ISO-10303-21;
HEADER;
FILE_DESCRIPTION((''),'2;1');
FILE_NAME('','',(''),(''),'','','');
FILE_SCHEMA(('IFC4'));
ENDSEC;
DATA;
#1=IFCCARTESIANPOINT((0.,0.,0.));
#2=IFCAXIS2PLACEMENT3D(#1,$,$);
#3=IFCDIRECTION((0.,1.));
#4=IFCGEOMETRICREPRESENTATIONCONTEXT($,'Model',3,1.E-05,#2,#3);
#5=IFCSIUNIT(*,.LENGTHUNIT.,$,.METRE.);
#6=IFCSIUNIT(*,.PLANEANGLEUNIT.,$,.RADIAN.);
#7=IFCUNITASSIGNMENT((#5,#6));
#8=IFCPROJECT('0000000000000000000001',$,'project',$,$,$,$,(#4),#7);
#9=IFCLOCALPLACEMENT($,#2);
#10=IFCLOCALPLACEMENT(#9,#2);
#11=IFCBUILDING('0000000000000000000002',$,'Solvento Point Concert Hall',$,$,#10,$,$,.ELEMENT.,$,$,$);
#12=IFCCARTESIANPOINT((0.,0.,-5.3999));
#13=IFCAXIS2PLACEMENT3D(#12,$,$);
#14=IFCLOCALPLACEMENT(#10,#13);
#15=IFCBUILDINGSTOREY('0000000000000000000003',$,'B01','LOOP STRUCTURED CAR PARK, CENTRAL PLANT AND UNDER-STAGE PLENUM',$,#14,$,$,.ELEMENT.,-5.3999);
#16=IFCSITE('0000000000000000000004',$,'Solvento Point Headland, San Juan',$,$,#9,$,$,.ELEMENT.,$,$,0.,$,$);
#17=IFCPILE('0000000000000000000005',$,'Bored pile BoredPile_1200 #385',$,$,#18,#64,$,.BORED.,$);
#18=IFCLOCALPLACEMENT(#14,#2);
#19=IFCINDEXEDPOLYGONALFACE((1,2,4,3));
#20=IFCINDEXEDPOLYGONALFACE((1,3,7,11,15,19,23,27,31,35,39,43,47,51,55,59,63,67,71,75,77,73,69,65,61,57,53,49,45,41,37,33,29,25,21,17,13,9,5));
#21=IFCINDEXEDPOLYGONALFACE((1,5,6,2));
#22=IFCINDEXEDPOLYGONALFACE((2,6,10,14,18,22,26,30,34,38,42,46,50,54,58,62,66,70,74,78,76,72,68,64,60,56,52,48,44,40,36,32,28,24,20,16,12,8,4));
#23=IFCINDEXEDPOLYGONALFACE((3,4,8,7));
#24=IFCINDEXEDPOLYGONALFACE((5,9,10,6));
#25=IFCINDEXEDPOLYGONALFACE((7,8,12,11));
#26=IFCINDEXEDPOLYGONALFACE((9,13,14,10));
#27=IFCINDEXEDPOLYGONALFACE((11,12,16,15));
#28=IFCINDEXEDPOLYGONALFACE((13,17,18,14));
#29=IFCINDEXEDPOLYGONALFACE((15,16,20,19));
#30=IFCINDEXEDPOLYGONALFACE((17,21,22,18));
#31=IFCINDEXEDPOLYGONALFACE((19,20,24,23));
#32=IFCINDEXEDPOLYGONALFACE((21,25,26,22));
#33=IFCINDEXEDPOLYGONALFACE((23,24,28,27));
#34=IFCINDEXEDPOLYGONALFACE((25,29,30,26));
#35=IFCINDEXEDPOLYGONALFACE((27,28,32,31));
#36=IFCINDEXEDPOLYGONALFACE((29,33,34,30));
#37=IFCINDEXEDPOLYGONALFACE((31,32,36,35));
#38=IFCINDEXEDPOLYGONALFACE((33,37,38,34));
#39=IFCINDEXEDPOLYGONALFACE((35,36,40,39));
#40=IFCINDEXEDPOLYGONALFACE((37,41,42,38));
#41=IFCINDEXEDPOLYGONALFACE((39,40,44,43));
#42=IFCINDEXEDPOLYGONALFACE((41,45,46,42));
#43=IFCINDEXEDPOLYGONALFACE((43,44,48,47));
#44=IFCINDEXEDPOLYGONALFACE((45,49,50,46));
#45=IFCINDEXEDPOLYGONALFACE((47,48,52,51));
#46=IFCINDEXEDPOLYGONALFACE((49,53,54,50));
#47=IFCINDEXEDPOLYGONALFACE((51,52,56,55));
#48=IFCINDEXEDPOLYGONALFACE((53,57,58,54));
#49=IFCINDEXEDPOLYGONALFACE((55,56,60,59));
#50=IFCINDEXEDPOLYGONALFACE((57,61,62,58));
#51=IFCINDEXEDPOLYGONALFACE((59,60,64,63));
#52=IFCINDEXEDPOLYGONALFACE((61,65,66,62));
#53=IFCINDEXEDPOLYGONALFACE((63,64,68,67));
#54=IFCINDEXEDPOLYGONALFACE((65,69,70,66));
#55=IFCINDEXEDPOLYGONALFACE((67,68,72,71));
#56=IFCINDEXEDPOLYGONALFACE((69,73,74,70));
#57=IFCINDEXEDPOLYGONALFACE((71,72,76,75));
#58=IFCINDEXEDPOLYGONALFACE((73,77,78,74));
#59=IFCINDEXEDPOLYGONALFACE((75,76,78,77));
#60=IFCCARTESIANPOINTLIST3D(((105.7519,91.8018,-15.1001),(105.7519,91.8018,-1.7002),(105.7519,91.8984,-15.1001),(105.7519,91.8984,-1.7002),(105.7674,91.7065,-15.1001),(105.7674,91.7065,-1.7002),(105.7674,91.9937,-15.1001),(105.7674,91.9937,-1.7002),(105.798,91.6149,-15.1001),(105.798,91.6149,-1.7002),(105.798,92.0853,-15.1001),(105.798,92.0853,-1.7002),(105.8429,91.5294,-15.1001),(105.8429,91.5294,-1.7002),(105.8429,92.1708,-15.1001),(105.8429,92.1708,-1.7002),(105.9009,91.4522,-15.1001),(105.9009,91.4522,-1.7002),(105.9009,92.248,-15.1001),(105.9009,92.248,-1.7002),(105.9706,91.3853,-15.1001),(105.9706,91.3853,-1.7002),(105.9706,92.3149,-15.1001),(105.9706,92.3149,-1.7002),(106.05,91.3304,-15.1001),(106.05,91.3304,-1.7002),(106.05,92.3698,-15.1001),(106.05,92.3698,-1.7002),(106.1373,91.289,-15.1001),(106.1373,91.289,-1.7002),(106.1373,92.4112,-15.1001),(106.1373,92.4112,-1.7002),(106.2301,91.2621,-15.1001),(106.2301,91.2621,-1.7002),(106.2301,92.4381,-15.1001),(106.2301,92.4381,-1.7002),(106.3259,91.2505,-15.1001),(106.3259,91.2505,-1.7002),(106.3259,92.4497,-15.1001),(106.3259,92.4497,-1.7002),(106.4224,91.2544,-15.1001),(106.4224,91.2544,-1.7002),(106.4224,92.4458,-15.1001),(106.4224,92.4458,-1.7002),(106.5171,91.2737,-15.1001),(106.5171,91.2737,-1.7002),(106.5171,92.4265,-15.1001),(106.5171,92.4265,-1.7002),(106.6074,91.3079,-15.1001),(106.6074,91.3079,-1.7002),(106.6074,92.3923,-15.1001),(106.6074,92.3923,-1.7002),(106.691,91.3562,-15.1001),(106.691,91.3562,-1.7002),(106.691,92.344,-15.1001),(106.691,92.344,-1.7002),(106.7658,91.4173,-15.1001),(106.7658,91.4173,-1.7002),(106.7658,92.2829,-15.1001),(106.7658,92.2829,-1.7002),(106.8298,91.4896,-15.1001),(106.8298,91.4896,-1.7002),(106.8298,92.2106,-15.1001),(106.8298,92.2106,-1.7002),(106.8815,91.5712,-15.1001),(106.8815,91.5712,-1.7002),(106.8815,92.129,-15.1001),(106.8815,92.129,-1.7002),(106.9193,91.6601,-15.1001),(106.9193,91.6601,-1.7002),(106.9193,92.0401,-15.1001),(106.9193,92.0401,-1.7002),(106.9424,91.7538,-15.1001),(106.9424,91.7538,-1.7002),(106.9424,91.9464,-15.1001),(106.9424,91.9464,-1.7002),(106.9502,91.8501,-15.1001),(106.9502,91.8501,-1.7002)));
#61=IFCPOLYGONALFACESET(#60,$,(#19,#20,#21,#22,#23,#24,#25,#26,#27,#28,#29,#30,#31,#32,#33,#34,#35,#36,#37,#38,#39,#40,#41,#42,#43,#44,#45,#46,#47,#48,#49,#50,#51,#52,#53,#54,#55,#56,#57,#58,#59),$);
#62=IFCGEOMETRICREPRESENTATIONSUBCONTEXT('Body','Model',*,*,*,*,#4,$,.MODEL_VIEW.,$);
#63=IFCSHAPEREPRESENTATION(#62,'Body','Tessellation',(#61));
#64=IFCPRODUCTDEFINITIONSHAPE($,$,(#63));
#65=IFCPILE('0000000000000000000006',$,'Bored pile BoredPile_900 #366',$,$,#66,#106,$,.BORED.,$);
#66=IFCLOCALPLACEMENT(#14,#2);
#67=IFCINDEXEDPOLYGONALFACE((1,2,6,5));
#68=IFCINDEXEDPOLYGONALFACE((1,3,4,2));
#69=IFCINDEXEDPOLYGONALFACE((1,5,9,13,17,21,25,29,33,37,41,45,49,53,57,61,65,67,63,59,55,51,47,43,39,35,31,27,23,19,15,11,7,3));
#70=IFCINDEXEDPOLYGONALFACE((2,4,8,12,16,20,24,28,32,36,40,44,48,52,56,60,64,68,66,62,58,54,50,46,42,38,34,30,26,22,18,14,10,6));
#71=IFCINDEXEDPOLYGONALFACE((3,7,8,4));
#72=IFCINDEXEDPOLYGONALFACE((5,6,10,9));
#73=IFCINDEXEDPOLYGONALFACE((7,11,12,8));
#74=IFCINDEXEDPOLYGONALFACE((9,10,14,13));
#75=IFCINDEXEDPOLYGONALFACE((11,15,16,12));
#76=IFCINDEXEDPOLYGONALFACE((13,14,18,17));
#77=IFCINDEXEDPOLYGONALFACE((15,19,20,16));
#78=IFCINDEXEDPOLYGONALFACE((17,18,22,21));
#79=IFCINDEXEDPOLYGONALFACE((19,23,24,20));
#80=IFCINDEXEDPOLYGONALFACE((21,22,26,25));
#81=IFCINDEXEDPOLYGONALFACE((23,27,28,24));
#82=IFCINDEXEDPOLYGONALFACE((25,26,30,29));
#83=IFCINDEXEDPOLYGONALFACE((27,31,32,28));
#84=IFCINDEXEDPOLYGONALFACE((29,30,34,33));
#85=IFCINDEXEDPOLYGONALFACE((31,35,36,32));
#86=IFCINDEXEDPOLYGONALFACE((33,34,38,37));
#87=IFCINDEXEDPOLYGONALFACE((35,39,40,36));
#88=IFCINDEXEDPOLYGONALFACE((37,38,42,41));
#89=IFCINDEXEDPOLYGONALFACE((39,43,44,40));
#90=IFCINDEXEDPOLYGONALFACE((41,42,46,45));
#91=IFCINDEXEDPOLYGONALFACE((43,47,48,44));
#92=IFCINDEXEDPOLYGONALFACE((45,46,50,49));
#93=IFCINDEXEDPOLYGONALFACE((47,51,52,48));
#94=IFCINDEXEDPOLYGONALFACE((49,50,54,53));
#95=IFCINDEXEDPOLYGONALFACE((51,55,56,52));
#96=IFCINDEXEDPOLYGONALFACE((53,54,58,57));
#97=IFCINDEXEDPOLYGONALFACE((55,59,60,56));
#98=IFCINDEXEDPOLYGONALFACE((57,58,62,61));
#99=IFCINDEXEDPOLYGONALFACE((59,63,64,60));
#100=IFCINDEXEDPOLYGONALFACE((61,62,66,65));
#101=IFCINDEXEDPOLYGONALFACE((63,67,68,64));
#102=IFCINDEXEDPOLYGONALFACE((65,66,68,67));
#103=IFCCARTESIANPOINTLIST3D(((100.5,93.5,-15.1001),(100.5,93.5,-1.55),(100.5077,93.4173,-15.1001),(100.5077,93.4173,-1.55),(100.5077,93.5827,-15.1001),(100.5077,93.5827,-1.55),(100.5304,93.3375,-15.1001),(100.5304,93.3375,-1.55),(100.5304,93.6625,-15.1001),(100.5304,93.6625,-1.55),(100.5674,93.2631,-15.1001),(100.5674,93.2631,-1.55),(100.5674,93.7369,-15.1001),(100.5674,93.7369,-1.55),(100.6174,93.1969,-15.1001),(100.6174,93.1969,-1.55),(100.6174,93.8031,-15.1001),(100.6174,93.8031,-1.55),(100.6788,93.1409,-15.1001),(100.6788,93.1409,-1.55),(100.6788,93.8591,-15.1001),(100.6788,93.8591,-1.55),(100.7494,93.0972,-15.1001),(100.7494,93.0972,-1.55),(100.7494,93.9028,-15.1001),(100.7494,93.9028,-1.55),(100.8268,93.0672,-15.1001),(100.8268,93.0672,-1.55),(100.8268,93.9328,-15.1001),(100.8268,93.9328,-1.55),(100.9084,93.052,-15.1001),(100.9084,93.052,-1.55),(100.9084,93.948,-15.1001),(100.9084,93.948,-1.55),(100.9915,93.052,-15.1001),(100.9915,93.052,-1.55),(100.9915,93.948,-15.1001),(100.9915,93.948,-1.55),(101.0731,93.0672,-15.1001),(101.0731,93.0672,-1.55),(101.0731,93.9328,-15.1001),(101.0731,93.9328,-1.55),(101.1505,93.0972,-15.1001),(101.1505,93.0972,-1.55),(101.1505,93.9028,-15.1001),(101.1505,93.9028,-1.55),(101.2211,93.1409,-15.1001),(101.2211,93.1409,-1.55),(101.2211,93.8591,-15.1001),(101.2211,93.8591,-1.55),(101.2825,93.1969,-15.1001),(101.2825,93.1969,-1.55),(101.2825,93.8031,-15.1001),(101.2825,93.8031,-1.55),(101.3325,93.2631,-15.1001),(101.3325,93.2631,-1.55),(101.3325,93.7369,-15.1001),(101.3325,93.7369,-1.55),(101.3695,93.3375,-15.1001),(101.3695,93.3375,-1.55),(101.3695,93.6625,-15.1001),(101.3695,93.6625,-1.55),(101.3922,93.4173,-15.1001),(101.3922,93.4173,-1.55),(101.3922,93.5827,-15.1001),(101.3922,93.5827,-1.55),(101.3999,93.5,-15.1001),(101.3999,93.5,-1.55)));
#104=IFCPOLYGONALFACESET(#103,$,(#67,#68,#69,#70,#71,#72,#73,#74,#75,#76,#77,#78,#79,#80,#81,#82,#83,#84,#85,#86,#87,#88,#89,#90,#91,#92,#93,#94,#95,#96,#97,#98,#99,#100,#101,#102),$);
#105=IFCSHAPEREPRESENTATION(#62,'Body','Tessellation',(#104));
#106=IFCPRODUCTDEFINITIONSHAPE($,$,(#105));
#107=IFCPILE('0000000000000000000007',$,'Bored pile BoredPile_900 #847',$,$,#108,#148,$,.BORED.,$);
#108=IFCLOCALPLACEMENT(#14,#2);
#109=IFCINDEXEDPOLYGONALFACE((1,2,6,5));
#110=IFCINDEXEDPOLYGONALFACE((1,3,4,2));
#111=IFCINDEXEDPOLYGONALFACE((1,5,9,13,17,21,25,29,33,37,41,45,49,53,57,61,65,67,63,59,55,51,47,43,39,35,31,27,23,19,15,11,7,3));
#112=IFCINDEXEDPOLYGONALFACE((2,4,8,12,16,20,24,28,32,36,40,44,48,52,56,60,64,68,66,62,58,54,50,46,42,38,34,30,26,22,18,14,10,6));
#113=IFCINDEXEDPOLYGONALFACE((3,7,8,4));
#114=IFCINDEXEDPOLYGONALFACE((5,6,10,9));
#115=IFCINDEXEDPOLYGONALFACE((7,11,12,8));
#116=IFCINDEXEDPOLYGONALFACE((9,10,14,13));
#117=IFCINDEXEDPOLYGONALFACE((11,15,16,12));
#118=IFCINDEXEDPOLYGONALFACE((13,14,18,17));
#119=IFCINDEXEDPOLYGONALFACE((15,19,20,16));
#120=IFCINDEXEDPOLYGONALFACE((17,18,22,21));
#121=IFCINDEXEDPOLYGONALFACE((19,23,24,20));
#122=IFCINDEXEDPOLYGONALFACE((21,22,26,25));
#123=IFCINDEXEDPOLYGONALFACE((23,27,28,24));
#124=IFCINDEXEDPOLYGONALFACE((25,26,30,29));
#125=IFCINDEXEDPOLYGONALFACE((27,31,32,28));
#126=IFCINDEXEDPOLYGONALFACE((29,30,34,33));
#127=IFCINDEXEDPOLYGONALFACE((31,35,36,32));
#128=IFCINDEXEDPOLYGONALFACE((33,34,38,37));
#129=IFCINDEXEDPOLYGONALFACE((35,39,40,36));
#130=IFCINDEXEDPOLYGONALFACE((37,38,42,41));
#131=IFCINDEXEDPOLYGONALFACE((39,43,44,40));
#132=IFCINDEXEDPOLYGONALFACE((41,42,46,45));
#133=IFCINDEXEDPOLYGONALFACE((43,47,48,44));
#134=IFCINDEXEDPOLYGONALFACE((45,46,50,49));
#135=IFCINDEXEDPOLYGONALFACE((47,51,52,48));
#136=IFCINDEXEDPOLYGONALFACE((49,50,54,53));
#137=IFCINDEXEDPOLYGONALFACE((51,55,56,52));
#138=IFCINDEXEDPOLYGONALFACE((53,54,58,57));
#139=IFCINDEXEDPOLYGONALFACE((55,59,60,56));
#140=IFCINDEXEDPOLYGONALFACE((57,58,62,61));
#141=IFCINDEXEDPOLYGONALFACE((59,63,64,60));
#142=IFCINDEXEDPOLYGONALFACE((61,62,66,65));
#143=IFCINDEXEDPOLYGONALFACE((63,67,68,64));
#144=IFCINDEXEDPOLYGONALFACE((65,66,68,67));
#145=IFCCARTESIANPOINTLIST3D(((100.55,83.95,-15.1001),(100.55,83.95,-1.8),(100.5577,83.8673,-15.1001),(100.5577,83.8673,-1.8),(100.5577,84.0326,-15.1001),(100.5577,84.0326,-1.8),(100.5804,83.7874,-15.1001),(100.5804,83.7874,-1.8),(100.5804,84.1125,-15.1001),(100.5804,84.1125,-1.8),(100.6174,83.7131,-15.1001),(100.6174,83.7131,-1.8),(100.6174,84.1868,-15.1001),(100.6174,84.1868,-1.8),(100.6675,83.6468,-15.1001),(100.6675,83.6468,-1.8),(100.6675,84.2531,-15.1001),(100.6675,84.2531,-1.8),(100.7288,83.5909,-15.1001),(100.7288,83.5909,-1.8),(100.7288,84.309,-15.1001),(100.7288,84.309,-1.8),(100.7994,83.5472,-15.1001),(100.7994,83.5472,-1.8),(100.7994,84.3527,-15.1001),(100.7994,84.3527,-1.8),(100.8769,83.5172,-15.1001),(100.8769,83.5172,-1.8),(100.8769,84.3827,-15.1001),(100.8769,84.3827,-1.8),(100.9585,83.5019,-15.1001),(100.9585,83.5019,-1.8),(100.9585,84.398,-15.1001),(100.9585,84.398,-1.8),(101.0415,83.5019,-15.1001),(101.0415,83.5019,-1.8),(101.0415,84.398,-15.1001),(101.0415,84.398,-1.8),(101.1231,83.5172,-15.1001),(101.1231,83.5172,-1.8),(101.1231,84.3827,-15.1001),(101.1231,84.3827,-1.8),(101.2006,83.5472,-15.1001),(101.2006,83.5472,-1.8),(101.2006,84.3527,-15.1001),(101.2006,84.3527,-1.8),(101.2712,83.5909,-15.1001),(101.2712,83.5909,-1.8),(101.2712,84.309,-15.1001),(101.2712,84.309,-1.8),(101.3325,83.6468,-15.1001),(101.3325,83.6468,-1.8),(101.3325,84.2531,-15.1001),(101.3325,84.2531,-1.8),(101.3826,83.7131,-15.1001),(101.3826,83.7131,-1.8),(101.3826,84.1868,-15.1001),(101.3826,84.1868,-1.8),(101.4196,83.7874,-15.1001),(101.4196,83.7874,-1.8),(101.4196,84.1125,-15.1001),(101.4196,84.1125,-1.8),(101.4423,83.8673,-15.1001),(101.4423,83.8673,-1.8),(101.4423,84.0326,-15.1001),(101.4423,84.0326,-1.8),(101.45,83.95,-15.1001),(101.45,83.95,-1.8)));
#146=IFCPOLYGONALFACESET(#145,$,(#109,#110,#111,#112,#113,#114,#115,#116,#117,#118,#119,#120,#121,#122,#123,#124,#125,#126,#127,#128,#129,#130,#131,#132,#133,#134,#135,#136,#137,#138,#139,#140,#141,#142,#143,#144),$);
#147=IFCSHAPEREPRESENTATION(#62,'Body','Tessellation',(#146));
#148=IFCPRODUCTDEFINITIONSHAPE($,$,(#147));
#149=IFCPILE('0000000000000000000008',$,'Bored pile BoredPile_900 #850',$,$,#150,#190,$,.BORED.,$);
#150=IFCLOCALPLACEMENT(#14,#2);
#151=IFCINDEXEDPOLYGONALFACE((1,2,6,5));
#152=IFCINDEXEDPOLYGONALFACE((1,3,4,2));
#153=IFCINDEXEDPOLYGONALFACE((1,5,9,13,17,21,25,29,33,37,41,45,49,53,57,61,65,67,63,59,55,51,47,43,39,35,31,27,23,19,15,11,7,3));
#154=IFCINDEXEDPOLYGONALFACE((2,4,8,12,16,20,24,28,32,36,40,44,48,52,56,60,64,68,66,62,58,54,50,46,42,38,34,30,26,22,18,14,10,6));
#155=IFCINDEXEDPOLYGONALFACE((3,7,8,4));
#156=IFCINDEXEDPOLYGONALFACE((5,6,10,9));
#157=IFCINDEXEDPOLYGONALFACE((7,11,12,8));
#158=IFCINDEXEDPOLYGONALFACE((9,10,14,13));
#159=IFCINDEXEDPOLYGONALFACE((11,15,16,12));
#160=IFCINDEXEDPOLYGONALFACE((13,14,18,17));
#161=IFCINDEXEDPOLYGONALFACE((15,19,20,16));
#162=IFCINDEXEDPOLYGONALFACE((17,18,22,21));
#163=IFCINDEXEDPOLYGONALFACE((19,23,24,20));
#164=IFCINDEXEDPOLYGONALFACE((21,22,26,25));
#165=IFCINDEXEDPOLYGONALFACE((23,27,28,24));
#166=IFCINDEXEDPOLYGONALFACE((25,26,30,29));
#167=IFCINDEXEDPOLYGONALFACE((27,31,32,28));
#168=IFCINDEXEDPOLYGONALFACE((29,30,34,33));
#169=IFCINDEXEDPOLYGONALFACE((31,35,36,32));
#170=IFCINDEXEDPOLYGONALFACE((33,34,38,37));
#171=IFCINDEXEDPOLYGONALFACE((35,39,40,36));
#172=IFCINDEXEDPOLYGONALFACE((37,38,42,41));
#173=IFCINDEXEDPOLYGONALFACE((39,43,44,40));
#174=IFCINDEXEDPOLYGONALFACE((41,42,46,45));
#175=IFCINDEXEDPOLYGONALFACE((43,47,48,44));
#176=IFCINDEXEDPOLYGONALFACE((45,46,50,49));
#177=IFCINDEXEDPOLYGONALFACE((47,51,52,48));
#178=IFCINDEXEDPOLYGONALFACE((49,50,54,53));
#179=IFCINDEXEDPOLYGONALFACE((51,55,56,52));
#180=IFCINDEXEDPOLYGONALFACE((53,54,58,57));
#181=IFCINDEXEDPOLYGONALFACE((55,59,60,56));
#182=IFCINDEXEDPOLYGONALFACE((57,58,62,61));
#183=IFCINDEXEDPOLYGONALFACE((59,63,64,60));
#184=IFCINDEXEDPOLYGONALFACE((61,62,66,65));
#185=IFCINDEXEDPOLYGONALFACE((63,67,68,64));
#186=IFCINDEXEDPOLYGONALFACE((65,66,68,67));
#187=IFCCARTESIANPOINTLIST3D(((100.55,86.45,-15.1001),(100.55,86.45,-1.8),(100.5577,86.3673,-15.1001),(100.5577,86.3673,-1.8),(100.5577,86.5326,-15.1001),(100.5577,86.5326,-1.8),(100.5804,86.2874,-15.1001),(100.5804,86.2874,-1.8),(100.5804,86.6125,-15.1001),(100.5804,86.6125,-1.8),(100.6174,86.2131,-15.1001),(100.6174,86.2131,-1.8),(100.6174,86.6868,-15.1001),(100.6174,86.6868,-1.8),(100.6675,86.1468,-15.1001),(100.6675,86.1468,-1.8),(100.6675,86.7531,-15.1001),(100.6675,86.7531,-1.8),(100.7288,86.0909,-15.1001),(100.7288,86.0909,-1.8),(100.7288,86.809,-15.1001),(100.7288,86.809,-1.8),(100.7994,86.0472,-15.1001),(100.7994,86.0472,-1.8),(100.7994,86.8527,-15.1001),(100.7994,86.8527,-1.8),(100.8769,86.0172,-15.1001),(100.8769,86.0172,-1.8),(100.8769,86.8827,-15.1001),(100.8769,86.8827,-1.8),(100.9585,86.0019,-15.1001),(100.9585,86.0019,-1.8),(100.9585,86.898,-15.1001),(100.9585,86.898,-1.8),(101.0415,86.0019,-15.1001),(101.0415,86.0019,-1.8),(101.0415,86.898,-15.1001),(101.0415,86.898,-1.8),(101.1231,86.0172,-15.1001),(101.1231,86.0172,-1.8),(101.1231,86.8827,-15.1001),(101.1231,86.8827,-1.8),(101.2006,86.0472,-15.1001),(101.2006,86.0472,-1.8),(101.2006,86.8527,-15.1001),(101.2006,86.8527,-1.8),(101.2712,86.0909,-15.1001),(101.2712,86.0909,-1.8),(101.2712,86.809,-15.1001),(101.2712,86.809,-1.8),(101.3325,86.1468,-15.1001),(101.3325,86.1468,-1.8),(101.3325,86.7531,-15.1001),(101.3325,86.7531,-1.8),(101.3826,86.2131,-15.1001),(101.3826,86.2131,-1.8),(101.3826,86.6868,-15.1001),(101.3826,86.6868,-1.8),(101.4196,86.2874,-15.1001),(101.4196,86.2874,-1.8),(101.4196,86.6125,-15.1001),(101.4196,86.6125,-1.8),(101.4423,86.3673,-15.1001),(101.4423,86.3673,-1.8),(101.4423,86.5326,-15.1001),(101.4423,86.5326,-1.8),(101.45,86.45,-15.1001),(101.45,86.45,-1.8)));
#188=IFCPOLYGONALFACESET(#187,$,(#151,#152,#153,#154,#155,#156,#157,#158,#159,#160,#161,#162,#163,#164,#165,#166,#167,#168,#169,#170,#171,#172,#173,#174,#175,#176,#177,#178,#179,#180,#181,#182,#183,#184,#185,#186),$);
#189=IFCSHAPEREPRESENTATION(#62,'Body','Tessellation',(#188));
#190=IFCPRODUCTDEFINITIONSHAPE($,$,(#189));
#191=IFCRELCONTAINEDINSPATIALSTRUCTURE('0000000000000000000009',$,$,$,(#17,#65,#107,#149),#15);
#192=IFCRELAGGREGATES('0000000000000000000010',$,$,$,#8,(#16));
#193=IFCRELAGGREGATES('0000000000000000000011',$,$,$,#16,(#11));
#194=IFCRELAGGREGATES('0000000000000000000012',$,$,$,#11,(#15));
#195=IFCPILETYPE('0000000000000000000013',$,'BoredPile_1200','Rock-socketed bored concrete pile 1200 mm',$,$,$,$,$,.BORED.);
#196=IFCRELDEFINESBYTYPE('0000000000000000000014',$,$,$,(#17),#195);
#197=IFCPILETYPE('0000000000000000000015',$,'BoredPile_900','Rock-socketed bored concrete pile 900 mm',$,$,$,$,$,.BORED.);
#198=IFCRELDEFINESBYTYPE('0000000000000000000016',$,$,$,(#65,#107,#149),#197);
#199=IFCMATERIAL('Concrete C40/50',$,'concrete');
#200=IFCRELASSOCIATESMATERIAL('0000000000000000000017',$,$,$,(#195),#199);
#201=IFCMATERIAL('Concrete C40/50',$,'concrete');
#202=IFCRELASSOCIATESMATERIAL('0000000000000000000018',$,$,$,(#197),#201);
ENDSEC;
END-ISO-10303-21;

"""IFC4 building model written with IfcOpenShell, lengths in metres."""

from ifc_helpers import new_model, si_unit, direction, frame, origin, origin_2d, place, context, subcontext, project, spatial, circle, extrude, material, material_profile, profile_set, type_object, element, save


model = new_model("IFC4")

# Units and contexts
model_context = context("Model", 3, precision=1e-05, world=origin(), true_north=direction((0.0, 1.0)))
body_context = subcontext(model_context, "Body", "Model", "MODEL_VIEW")
ifc_project = project(units=[si_unit("LENGTHUNIT", "METRE"), si_unit("PLANEANGLEUNIT", "RADIAN")], contexts=[model_context])

# Site, building, storey
site_placement = place(None, origin())
site = spatial("IfcSite", under=ifc_project, at=site_placement, Name="Solvento Point Headland, San Juan", CompositionType="ELEMENT", RefElevation=0.0)
building_placement = place(site_placement, origin())
building = spatial("IfcBuilding", under=site, at=building_placement, Name="Solvento Point Concert Hall", CompositionType="ELEMENT")
storey_placement = place(building_placement, frame((0.0, 0.0, -5.3999)))
storey = spatial("IfcBuildingStorey", under=building, at=storey_placement, Name="B01", Description="LOOP STRUCTURED CAR PARK, CENTRAL PLANT AND UNDER-STAGE PLENUM", CompositionType="ELEMENT", Elevation=-5.3999)

# Piles
ifc_material_1 = material(Name="Concrete C40/50", Category="concrete")
ifc_material_profile_1 = material_profile(ifc_material_1, circle(Radius=0.6001, at=origin_2d()), Name="BP-1200")
ifc_profile_set_1 = profile_set([ifc_material_profile_1], Name="Concrete C40/50")
pile_type_1 = type_object("IfcPileType", Name="BoredPile_1200", Description="Rock-socketed bored concrete pile 1200 mm", PredefinedType="BORED", material=ifc_profile_set_1)
pile_1_placement = place(storey_placement, frame((106.3501, 91.8501, -1.7002), z_axis=(0.0, 0.0, -1.0), x_axis=(1.0, 0.0, 0.0)))
element("IfcPile", 1, at=pile_1_placement, inside=storey, type_object=pile_type_1, Name="Bored pile BoredPile_1200 #385", PredefinedType="BORED", context=body_context, shape_type="SweptSolid", body=[
    extrude(circle(Radius=0.6001, at=origin_2d()), origin(), (0.0, 0.0, 1.0), 13.3999),
])
ifc_material_2 = material(Name="Concrete C40/50", Category="concrete")
ifc_material_profile_2 = material_profile(ifc_material_2, circle(Radius=0.45, at=origin_2d()), Name="BP-900")
ifc_profile_set_2 = profile_set([ifc_material_profile_2], Name="Concrete C40/50")
pile_type_2 = type_object("IfcPileType", Name="BoredPile_900", Description="Rock-socketed bored concrete pile 900 mm", PredefinedType="BORED", material=ifc_profile_set_2)
pile_2_placement = place(storey_placement, frame((100.95, 93.5, -1.55), z_axis=(0.0, 0.0, -1.0), x_axis=(1.0, 0.0, 0.0)))
element("IfcPile", 2, at=pile_2_placement, inside=storey, type_object=pile_type_2, Name="Bored pile BoredPile_900 #366", PredefinedType="BORED", context=body_context, shape_type="SweptSolid", body=[
    extrude(circle(Radius=0.45, at=origin_2d()), origin(), (0.0, 0.0, 1.0), 13.55),
])
for number, where, z_axis, x_axis, name in (
    (3, (101.0, 83.95, -1.8), (0.0, 0.0, -1.0), (1.0, 0.0, 0.0), "Bored pile BoredPile_900 #847"),
    (4, (101.0, 86.45, -1.8), (0.0, 0.0, -1.0), (1.0, 0.0, 0.0), "Bored pile BoredPile_900 #850"),
):
    element("IfcPile", number, at=place(storey_placement, frame(where, z_axis=z_axis, x_axis=x_axis)), inside=storey, type_object=pile_type_2, Name=name, PredefinedType="BORED", context=body_context, shape_type="SweptSolid", body=[
        extrude(circle(Radius=0.45, at=origin_2d()), origin(), (0.0, 0.0, 1.0), 13.3),
    ])

save(model, "model.ifc")
